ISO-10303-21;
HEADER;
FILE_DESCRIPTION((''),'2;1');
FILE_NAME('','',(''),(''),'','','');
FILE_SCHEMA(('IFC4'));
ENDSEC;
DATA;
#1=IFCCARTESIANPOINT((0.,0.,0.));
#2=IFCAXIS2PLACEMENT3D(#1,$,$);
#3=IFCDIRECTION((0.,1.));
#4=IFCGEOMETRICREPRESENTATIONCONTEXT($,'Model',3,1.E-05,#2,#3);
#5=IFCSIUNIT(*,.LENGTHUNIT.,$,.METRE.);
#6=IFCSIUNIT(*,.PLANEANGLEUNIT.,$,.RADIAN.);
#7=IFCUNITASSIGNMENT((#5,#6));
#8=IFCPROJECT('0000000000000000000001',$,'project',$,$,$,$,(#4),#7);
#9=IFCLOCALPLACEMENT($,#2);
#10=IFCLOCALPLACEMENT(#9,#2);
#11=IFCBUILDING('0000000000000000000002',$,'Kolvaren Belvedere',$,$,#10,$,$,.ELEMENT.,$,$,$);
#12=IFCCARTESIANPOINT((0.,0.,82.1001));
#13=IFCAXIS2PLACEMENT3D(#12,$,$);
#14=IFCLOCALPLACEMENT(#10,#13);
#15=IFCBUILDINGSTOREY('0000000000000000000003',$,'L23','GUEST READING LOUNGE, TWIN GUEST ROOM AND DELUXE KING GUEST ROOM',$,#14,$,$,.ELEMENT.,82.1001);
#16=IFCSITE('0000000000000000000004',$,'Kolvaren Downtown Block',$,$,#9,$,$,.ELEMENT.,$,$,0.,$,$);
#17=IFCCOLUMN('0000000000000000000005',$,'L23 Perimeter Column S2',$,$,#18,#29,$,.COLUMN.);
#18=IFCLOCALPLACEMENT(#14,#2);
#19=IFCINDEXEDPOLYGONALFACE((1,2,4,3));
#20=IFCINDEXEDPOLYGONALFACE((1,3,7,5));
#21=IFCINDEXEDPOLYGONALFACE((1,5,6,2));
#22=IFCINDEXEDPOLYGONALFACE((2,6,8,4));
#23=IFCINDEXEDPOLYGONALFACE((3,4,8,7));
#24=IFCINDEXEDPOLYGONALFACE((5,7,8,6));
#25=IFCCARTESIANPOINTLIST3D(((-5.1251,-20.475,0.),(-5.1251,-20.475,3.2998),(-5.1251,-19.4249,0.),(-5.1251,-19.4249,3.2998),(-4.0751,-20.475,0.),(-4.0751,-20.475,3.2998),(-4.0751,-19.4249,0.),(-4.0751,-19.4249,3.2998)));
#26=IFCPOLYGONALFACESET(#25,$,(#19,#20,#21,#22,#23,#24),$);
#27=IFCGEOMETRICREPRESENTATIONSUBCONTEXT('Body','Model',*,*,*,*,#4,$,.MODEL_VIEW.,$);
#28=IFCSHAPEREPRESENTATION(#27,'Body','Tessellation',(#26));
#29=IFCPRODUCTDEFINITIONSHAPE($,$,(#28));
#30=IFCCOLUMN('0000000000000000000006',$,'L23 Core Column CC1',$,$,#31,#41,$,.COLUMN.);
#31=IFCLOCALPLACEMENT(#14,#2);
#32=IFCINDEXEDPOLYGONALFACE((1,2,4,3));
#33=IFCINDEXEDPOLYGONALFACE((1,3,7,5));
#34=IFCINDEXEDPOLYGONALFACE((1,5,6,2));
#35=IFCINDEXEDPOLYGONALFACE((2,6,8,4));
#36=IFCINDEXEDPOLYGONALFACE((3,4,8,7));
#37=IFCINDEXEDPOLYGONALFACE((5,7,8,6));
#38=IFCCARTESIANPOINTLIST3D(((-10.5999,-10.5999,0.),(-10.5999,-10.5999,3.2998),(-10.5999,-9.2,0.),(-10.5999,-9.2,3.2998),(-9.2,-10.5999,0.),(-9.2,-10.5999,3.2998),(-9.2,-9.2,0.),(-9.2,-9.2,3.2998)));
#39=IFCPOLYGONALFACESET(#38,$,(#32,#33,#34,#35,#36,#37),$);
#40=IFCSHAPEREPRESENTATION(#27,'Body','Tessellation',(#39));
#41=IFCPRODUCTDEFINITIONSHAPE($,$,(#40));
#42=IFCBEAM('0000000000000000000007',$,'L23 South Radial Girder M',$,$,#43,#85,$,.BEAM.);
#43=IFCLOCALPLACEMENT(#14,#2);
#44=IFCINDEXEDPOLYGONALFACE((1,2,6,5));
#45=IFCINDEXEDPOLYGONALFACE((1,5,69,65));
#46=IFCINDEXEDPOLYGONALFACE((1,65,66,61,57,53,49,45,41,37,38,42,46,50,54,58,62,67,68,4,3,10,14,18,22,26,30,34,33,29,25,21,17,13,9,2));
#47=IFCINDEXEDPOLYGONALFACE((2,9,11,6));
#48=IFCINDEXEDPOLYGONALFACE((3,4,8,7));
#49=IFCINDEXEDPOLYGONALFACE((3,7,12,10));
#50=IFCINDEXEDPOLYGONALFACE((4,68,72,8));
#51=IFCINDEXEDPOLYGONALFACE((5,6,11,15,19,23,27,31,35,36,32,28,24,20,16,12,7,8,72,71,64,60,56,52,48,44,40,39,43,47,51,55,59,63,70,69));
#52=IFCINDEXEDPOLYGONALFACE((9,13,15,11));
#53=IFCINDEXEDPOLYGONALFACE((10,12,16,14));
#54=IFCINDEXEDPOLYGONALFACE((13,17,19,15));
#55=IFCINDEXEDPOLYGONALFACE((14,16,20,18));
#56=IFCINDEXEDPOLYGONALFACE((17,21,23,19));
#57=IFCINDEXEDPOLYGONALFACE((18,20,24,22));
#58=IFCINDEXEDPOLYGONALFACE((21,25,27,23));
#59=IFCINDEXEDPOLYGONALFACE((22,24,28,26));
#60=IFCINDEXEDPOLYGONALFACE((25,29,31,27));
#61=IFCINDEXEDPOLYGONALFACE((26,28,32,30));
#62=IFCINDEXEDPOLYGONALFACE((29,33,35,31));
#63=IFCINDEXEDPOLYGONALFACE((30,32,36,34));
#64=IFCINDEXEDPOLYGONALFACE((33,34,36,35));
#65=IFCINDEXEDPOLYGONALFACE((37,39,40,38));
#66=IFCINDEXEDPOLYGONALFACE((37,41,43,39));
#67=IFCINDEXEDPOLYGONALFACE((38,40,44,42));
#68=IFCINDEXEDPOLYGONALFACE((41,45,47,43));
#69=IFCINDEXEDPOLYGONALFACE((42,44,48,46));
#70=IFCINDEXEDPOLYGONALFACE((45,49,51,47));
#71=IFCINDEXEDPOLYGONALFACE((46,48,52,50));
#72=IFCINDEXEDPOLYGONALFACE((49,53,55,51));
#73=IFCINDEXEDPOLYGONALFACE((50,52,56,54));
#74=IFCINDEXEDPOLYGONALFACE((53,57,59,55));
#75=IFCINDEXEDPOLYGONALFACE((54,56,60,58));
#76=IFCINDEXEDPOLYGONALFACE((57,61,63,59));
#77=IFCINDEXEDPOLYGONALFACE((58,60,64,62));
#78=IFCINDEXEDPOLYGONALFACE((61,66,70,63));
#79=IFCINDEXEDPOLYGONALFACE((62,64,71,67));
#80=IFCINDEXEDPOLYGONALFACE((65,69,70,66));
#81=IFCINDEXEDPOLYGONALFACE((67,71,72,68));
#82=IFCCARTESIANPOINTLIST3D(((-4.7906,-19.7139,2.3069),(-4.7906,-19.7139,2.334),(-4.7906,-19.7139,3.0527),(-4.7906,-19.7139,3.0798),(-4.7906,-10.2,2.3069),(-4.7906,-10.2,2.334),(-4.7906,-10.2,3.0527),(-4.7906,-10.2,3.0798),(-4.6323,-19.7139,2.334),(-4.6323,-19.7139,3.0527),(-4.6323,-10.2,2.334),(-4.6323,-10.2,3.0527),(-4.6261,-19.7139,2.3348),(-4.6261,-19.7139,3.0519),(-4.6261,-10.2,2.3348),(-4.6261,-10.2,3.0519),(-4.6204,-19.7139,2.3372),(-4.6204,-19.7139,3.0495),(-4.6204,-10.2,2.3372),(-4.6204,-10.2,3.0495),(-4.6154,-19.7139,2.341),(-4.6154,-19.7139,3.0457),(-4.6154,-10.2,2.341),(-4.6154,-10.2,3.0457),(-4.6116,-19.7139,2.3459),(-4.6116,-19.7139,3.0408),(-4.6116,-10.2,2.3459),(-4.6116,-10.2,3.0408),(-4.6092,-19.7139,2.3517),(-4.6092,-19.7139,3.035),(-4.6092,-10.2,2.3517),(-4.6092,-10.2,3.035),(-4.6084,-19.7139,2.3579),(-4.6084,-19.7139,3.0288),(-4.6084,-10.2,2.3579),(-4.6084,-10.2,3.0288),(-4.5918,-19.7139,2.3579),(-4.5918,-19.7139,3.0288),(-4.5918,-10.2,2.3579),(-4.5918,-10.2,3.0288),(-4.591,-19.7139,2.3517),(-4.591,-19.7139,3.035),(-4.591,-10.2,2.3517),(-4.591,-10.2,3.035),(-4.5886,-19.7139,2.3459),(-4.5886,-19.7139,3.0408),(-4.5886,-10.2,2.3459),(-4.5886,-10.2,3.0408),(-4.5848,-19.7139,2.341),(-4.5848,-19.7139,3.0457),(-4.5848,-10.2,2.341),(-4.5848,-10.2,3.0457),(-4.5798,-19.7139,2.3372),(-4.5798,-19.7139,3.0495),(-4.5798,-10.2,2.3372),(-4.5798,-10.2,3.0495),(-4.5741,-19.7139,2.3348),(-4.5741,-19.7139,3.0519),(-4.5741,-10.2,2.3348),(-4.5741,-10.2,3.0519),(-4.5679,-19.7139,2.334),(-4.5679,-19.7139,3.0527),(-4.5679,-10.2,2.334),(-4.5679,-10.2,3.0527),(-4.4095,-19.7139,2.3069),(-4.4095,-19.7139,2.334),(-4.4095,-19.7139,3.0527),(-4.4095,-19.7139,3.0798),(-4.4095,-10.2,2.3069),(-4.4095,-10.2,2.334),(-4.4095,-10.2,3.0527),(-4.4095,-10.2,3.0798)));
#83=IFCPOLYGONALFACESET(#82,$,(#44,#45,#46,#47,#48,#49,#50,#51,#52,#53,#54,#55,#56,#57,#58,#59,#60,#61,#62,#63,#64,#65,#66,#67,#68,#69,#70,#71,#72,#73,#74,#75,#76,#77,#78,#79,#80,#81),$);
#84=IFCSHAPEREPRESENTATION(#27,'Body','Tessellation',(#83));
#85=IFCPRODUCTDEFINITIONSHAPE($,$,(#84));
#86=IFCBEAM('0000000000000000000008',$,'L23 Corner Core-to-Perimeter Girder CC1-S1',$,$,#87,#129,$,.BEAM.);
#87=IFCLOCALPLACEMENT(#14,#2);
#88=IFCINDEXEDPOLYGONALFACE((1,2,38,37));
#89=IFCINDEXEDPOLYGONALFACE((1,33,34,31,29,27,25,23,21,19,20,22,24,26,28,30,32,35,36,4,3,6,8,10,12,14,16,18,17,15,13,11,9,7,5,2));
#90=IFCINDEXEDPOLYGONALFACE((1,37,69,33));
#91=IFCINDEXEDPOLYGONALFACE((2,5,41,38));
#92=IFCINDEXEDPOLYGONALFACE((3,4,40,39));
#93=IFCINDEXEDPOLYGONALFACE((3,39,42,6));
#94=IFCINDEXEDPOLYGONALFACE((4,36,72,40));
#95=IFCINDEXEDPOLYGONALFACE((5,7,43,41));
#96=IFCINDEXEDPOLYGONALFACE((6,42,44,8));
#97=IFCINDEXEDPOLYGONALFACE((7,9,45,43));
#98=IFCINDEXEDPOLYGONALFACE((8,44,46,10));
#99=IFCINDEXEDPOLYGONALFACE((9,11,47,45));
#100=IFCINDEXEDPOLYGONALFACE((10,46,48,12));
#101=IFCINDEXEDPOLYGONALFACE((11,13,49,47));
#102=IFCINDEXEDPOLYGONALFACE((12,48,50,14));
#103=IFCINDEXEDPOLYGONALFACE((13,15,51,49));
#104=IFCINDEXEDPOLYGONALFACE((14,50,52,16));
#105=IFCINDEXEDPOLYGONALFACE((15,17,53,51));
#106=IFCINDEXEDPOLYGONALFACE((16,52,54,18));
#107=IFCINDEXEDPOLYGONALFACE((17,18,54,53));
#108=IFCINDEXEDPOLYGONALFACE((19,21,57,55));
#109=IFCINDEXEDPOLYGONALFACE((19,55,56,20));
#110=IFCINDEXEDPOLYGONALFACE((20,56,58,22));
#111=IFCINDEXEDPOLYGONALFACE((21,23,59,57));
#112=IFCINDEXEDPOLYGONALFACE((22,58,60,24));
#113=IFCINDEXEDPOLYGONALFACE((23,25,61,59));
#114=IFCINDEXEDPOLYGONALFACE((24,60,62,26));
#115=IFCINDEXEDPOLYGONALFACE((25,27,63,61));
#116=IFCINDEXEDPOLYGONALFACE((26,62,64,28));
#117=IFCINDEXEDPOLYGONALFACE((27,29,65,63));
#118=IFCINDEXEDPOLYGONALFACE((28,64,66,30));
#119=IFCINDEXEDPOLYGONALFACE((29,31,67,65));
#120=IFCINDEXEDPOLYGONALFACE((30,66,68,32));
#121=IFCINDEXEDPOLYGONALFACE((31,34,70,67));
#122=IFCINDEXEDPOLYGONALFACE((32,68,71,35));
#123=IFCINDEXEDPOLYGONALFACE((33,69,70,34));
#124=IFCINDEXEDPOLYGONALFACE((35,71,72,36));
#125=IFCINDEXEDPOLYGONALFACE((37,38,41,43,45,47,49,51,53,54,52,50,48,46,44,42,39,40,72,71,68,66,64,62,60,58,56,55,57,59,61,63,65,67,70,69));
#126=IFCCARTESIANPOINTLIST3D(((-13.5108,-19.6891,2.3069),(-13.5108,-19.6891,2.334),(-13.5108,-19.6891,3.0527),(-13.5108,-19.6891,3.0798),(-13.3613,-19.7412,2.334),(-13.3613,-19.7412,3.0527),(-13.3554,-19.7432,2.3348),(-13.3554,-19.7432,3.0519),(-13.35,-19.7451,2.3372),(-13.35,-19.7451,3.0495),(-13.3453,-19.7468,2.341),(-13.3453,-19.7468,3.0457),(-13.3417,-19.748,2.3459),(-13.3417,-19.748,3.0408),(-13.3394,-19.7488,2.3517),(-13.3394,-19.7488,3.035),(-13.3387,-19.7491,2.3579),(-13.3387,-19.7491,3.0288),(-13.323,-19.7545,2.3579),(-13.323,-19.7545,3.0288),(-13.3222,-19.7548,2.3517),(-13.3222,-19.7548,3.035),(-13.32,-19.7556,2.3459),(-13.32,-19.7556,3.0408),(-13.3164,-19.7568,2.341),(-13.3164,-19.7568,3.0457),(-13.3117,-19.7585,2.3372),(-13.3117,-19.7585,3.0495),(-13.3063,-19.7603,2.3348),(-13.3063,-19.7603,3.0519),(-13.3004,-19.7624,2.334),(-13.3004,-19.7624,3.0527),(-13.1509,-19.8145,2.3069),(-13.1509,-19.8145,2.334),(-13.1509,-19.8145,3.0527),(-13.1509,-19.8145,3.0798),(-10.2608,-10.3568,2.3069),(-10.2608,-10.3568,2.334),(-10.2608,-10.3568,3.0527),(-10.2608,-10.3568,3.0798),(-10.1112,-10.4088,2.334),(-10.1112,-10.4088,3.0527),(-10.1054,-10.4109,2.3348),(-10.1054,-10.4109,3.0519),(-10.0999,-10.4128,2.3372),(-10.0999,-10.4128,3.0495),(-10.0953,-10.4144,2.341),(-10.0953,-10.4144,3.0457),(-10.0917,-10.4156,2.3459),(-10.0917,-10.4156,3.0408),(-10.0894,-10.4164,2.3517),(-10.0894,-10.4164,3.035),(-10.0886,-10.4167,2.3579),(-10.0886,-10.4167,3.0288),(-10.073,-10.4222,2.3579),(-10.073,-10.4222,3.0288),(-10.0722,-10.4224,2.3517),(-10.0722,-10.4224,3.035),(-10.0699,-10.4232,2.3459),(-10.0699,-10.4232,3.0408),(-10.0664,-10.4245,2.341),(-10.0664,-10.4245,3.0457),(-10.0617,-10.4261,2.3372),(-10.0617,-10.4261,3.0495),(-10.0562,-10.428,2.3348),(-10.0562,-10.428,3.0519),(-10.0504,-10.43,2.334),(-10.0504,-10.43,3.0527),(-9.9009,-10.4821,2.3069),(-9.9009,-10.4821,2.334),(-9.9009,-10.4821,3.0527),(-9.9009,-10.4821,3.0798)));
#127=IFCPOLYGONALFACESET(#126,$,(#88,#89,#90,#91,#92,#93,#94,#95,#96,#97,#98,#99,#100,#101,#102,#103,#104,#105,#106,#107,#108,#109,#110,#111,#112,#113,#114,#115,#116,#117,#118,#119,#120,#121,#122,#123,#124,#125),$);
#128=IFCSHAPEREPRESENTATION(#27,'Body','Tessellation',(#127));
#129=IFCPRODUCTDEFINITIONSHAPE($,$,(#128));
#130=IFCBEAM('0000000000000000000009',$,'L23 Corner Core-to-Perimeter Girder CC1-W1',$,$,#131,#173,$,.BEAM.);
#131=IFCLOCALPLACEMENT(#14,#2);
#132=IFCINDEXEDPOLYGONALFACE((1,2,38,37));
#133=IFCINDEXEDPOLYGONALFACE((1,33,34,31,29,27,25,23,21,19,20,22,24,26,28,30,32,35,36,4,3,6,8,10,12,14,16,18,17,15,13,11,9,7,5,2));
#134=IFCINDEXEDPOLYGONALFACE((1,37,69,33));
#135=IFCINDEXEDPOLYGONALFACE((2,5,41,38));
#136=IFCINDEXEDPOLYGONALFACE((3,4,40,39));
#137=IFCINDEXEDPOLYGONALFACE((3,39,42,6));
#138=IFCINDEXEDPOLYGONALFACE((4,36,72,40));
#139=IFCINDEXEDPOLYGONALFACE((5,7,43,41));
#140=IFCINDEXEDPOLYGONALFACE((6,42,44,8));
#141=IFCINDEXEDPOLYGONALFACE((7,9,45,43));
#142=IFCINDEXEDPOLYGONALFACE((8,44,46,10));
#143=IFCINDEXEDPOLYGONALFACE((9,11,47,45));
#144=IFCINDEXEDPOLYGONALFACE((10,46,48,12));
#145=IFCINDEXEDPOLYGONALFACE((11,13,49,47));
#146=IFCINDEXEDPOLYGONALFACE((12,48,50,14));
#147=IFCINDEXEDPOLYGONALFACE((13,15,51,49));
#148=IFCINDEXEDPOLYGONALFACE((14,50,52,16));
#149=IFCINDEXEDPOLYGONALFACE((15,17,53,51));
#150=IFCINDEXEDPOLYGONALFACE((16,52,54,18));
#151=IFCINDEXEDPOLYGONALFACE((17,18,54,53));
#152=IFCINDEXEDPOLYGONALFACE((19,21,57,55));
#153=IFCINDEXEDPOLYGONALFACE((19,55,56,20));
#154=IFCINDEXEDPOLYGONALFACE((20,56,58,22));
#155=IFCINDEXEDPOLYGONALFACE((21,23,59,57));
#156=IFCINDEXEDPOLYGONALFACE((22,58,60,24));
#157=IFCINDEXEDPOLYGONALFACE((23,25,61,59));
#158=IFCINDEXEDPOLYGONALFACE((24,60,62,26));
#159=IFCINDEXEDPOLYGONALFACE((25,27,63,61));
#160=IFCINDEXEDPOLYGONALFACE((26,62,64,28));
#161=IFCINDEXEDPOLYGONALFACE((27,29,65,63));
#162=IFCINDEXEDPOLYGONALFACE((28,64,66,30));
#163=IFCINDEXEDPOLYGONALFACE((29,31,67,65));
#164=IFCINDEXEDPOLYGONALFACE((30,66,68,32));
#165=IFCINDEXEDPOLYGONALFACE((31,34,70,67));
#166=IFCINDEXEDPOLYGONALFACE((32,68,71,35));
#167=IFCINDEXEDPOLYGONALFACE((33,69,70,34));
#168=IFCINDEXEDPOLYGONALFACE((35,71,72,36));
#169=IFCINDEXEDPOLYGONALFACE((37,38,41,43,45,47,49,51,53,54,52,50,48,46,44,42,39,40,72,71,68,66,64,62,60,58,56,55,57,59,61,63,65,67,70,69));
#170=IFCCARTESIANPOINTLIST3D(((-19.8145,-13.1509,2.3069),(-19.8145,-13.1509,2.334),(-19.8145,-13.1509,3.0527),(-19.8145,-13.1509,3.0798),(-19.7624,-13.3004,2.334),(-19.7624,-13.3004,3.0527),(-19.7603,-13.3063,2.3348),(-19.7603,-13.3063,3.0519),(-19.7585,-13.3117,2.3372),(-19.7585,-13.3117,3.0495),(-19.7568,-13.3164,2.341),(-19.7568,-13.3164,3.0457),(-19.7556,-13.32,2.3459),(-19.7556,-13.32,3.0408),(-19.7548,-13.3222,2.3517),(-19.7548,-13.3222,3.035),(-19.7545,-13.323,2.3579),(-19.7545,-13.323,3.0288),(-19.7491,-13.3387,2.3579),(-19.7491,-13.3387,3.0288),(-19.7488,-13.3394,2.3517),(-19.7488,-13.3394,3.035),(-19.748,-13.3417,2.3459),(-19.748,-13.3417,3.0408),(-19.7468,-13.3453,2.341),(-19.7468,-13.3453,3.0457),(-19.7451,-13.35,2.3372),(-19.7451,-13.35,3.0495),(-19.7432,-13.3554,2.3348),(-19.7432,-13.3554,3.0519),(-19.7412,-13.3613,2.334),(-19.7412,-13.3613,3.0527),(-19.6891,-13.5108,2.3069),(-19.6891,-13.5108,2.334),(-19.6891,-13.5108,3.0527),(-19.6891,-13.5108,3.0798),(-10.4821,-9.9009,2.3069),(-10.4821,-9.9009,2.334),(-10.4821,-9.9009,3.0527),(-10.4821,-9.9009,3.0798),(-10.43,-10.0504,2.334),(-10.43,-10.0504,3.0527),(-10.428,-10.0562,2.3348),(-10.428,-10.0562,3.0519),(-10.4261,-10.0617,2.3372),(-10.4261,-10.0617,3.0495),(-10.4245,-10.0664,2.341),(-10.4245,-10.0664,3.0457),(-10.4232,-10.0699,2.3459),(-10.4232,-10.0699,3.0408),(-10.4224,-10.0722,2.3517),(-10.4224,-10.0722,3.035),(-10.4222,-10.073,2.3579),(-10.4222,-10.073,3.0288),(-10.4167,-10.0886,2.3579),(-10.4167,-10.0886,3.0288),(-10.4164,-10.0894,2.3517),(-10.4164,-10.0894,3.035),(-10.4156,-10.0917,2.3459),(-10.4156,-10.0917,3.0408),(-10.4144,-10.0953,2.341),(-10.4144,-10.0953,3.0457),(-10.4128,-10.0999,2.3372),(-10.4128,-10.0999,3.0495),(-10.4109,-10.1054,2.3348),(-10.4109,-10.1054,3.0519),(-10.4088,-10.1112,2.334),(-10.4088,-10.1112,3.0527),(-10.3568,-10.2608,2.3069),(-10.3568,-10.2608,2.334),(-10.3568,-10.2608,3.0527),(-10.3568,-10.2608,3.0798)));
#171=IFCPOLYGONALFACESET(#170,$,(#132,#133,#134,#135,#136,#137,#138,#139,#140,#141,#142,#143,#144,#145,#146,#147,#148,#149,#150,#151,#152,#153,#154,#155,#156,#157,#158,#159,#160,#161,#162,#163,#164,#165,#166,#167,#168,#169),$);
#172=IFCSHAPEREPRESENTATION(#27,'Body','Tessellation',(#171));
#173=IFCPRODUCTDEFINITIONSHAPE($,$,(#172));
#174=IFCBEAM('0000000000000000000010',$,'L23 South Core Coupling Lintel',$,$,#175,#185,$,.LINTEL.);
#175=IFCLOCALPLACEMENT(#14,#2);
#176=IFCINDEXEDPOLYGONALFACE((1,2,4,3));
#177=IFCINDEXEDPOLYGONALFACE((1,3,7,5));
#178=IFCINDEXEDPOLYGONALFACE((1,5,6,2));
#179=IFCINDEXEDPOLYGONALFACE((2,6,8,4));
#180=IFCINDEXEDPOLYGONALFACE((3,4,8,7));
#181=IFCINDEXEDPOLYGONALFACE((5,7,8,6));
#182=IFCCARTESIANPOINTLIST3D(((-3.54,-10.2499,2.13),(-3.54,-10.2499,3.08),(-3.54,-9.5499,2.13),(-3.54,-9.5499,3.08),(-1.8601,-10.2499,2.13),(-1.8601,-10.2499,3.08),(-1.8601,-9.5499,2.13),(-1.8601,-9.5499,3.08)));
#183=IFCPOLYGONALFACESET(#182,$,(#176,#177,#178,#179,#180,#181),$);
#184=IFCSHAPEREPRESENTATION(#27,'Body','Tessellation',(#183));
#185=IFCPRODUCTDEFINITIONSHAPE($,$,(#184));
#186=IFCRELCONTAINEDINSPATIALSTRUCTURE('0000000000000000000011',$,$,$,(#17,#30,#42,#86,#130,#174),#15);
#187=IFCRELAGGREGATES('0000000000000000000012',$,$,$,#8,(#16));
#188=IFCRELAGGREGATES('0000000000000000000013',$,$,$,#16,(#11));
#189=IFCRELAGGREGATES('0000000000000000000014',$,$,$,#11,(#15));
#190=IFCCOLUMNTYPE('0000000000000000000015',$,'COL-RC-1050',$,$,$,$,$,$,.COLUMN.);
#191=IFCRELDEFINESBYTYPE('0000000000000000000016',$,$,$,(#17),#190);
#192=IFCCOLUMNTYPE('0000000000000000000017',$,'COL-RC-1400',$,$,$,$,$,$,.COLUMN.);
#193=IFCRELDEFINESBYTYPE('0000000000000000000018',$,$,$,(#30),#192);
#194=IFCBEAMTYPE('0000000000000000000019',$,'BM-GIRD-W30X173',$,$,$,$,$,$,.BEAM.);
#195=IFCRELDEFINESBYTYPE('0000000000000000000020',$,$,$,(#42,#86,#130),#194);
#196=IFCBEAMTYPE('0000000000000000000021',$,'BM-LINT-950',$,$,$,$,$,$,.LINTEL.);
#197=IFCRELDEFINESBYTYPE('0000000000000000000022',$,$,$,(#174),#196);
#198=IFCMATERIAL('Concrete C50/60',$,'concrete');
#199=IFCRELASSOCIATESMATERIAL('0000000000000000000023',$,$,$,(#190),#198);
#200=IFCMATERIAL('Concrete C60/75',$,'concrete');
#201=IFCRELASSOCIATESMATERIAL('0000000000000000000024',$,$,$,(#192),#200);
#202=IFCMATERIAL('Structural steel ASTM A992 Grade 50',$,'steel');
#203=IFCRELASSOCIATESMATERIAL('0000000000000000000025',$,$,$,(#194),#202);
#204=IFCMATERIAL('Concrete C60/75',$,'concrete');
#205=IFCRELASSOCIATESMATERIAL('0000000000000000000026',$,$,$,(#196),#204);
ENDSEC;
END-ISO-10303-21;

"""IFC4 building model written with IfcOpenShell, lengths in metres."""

from ifc_helpers import new_model, si_unit, direction, frame, origin, origin_2d, place, context, subcontext, project, spatial, rectangle, i_section, extrude, material, material_profile, profile_set, type_object, element, save


model = new_model("IFC4")

# Units and contexts
model_context = context("Model", 3, precision=1e-05, world=origin(), true_north=direction((0.0, 1.0)))
body_context = subcontext(model_context, "Body", "Model", "MODEL_VIEW")
ifc_project = project(units=[si_unit("LENGTHUNIT", "METRE"), si_unit("PLANEANGLEUNIT", "RADIAN")], contexts=[model_context])

# Site, building, storey
site_placement = place(None, origin())
site = spatial("IfcSite", under=ifc_project, at=site_placement, Name="Kolvaren Downtown Block", CompositionType="ELEMENT", RefElevation=0.0)
building_placement = place(site_placement, origin())
building = spatial("IfcBuilding", under=site, at=building_placement, Name="Kolvaren Belvedere", CompositionType="ELEMENT")
storey_placement = place(building_placement, frame((0.0, 0.0, 82.1001)))
storey = spatial("IfcBuildingStorey", under=building, at=storey_placement, Name="L23", Description="GUEST READING LOUNGE, TWIN GUEST ROOM AND DELUXE KING GUEST ROOM", CompositionType="ELEMENT", Elevation=82.1001)

# Columns
ifc_material_1 = material(Name="Concrete C50/60", Category="concrete")
ifc_material_profile_1 = material_profile(ifc_material_1, rectangle(XDim=1.05, YDim=1.05, at=origin_2d()), Name="RC 1050X1050")
ifc_profile_set_1 = profile_set([ifc_material_profile_1], Name="Concrete C50/60")
column_type_1 = type_object("IfcColumnType", Name="COL-RC-1050", PredefinedType="COLUMN", material=ifc_profile_set_1)
column_1_placement = place(storey_placement, frame((-4.6001, -19.95, 0.0), z_axis=(0.0, 0.0, 1.0), x_axis=(1.0, 0.0, 0.0)))
element("IfcColumn", 1, at=column_1_placement, inside=storey, type_object=column_type_1, Name="L23 Perimeter Column S2", PredefinedType="COLUMN", context=body_context, shape_type="SweptSolid", body=[
    extrude(rectangle(XDim=1.05, YDim=1.05, at=origin_2d()), origin(), (0.0, 0.0, 1.0), 3.2998),
])
ifc_material_2 = material(Name="Concrete C60/75", Category="concrete")
ifc_material_profile_2 = material_profile(ifc_material_2, rectangle(XDim=1.3999, YDim=1.3999, at=origin_2d()), Name="RC 1400X1400")
ifc_profile_set_2 = profile_set([ifc_material_profile_2], Name="Concrete C60/75")
column_type_2 = type_object("IfcColumnType", Name="COL-RC-1400", PredefinedType="COLUMN", material=ifc_profile_set_2)
column_2_placement = place(storey_placement, frame((-9.8999, -9.8999, 0.0), z_axis=(0.0, 0.0, 1.0), x_axis=(1.0, 0.0, 0.0)))
element("IfcColumn", 2, at=column_2_placement, inside=storey, type_object=column_type_2, Name="L23 Core Column CC1", PredefinedType="COLUMN", context=body_context, shape_type="SweptSolid", body=[
    extrude(rectangle(XDim=1.3999, YDim=1.3999, at=origin_2d()), origin(), (0.0, 0.0, 1.0), 3.2998),
])

# Beams
ifc_material_3 = material(Name="Structural steel ASTM A992 Grade 50", Category="steel")
ifc_material_profile_3 = material_profile(ifc_material_3, i_section(OverallWidth=0.3811, OverallDepth=0.7729, WebThickness=0.0166, FlangeThickness=0.0271, FilletRadius=0.0239, at=origin_2d()), Name="W30X173")
ifc_profile_set_3 = profile_set([ifc_material_profile_3], Name="Structural steel ASTM A992 Grade 50")
beam_type_1 = type_object("IfcBeamType", Name="BM-GIRD-W30X173", PredefinedType="BEAM", material=ifc_profile_set_3)
beam_1_placement = place(storey_placement, frame((-4.6001, -10.2, 2.6934), z_axis=(0.0, -1.0, 0.0), x_axis=(1.0, 0.0, 0.0)))
element("IfcBeam", 3, at=beam_1_placement, inside=storey, type_object=beam_type_1, Name="L23 South Radial Girder M", PredefinedType="BEAM", context=body_context, shape_type="SweptSolid", body=[
    extrude(i_section(OverallWidth=0.3811, OverallDepth=0.7729, WebThickness=0.0166, FlangeThickness=0.0271, FilletRadius=0.0239, at=origin_2d()), origin(), (0.0, 0.0, 1.0), 9.5139),
])
for number, where, z_axis, x_axis, name in (
    (4, (-10.0808, -10.4194, 2.6934), (-0.328881, -0.944371, 0.0), (0.944371, -0.328881, 0.0), "L23 Corner Core-to-Perimeter Girder CC1-S1"),
    (5, (-10.4194, -10.0808, 2.6934), (-0.944371, -0.328881, 0.0), (0.328881, -0.944371, 0.0), "L23 Corner Core-to-Perimeter Girder CC1-W1"),
):
    element("IfcBeam", number, at=place(storey_placement, frame(where, z_axis=z_axis, x_axis=x_axis)), inside=storey, type_object=beam_type_1, Name=name, PredefinedType="BEAM", context=body_context, shape_type="SweptSolid", body=[
        extrude(i_section(OverallWidth=0.3811, OverallDepth=0.7729, WebThickness=0.0166, FlangeThickness=0.0271, FilletRadius=0.0239, at=origin_2d()), origin(), (0.0, 0.0, 1.0), 9.8821),
    ])
ifc_material_4 = material(Name="Concrete C60/75", Category="concrete")
ifc_material_profile_4 = material_profile(ifc_material_4, rectangle(XDim=0.7, YDim=0.95, at=origin_2d()), Name="RC 700X950")
ifc_profile_set_4 = profile_set([ifc_material_profile_4], Name="Concrete C60/75")
beam_type_2 = type_object("IfcBeamType", Name="BM-LINT-950", PredefinedType="LINTEL", material=ifc_profile_set_4)
beam_2_placement = place(storey_placement, frame((-3.54, -9.8999, 2.605), z_axis=(1.0, 0.0, 0.0), x_axis=(0.0, 1.0, 0.0)))
element("IfcBeam", 6, at=beam_2_placement, inside=storey, type_object=beam_type_2, Name="L23 South Core Coupling Lintel", PredefinedType="LINTEL", context=body_context, shape_type="SweptSolid", body=[
    extrude(rectangle(XDim=0.7, YDim=0.95, at=origin_2d()), origin(), (0.0, 0.0, 1.0), 1.6799),
])

save(model, "model.ifc")
